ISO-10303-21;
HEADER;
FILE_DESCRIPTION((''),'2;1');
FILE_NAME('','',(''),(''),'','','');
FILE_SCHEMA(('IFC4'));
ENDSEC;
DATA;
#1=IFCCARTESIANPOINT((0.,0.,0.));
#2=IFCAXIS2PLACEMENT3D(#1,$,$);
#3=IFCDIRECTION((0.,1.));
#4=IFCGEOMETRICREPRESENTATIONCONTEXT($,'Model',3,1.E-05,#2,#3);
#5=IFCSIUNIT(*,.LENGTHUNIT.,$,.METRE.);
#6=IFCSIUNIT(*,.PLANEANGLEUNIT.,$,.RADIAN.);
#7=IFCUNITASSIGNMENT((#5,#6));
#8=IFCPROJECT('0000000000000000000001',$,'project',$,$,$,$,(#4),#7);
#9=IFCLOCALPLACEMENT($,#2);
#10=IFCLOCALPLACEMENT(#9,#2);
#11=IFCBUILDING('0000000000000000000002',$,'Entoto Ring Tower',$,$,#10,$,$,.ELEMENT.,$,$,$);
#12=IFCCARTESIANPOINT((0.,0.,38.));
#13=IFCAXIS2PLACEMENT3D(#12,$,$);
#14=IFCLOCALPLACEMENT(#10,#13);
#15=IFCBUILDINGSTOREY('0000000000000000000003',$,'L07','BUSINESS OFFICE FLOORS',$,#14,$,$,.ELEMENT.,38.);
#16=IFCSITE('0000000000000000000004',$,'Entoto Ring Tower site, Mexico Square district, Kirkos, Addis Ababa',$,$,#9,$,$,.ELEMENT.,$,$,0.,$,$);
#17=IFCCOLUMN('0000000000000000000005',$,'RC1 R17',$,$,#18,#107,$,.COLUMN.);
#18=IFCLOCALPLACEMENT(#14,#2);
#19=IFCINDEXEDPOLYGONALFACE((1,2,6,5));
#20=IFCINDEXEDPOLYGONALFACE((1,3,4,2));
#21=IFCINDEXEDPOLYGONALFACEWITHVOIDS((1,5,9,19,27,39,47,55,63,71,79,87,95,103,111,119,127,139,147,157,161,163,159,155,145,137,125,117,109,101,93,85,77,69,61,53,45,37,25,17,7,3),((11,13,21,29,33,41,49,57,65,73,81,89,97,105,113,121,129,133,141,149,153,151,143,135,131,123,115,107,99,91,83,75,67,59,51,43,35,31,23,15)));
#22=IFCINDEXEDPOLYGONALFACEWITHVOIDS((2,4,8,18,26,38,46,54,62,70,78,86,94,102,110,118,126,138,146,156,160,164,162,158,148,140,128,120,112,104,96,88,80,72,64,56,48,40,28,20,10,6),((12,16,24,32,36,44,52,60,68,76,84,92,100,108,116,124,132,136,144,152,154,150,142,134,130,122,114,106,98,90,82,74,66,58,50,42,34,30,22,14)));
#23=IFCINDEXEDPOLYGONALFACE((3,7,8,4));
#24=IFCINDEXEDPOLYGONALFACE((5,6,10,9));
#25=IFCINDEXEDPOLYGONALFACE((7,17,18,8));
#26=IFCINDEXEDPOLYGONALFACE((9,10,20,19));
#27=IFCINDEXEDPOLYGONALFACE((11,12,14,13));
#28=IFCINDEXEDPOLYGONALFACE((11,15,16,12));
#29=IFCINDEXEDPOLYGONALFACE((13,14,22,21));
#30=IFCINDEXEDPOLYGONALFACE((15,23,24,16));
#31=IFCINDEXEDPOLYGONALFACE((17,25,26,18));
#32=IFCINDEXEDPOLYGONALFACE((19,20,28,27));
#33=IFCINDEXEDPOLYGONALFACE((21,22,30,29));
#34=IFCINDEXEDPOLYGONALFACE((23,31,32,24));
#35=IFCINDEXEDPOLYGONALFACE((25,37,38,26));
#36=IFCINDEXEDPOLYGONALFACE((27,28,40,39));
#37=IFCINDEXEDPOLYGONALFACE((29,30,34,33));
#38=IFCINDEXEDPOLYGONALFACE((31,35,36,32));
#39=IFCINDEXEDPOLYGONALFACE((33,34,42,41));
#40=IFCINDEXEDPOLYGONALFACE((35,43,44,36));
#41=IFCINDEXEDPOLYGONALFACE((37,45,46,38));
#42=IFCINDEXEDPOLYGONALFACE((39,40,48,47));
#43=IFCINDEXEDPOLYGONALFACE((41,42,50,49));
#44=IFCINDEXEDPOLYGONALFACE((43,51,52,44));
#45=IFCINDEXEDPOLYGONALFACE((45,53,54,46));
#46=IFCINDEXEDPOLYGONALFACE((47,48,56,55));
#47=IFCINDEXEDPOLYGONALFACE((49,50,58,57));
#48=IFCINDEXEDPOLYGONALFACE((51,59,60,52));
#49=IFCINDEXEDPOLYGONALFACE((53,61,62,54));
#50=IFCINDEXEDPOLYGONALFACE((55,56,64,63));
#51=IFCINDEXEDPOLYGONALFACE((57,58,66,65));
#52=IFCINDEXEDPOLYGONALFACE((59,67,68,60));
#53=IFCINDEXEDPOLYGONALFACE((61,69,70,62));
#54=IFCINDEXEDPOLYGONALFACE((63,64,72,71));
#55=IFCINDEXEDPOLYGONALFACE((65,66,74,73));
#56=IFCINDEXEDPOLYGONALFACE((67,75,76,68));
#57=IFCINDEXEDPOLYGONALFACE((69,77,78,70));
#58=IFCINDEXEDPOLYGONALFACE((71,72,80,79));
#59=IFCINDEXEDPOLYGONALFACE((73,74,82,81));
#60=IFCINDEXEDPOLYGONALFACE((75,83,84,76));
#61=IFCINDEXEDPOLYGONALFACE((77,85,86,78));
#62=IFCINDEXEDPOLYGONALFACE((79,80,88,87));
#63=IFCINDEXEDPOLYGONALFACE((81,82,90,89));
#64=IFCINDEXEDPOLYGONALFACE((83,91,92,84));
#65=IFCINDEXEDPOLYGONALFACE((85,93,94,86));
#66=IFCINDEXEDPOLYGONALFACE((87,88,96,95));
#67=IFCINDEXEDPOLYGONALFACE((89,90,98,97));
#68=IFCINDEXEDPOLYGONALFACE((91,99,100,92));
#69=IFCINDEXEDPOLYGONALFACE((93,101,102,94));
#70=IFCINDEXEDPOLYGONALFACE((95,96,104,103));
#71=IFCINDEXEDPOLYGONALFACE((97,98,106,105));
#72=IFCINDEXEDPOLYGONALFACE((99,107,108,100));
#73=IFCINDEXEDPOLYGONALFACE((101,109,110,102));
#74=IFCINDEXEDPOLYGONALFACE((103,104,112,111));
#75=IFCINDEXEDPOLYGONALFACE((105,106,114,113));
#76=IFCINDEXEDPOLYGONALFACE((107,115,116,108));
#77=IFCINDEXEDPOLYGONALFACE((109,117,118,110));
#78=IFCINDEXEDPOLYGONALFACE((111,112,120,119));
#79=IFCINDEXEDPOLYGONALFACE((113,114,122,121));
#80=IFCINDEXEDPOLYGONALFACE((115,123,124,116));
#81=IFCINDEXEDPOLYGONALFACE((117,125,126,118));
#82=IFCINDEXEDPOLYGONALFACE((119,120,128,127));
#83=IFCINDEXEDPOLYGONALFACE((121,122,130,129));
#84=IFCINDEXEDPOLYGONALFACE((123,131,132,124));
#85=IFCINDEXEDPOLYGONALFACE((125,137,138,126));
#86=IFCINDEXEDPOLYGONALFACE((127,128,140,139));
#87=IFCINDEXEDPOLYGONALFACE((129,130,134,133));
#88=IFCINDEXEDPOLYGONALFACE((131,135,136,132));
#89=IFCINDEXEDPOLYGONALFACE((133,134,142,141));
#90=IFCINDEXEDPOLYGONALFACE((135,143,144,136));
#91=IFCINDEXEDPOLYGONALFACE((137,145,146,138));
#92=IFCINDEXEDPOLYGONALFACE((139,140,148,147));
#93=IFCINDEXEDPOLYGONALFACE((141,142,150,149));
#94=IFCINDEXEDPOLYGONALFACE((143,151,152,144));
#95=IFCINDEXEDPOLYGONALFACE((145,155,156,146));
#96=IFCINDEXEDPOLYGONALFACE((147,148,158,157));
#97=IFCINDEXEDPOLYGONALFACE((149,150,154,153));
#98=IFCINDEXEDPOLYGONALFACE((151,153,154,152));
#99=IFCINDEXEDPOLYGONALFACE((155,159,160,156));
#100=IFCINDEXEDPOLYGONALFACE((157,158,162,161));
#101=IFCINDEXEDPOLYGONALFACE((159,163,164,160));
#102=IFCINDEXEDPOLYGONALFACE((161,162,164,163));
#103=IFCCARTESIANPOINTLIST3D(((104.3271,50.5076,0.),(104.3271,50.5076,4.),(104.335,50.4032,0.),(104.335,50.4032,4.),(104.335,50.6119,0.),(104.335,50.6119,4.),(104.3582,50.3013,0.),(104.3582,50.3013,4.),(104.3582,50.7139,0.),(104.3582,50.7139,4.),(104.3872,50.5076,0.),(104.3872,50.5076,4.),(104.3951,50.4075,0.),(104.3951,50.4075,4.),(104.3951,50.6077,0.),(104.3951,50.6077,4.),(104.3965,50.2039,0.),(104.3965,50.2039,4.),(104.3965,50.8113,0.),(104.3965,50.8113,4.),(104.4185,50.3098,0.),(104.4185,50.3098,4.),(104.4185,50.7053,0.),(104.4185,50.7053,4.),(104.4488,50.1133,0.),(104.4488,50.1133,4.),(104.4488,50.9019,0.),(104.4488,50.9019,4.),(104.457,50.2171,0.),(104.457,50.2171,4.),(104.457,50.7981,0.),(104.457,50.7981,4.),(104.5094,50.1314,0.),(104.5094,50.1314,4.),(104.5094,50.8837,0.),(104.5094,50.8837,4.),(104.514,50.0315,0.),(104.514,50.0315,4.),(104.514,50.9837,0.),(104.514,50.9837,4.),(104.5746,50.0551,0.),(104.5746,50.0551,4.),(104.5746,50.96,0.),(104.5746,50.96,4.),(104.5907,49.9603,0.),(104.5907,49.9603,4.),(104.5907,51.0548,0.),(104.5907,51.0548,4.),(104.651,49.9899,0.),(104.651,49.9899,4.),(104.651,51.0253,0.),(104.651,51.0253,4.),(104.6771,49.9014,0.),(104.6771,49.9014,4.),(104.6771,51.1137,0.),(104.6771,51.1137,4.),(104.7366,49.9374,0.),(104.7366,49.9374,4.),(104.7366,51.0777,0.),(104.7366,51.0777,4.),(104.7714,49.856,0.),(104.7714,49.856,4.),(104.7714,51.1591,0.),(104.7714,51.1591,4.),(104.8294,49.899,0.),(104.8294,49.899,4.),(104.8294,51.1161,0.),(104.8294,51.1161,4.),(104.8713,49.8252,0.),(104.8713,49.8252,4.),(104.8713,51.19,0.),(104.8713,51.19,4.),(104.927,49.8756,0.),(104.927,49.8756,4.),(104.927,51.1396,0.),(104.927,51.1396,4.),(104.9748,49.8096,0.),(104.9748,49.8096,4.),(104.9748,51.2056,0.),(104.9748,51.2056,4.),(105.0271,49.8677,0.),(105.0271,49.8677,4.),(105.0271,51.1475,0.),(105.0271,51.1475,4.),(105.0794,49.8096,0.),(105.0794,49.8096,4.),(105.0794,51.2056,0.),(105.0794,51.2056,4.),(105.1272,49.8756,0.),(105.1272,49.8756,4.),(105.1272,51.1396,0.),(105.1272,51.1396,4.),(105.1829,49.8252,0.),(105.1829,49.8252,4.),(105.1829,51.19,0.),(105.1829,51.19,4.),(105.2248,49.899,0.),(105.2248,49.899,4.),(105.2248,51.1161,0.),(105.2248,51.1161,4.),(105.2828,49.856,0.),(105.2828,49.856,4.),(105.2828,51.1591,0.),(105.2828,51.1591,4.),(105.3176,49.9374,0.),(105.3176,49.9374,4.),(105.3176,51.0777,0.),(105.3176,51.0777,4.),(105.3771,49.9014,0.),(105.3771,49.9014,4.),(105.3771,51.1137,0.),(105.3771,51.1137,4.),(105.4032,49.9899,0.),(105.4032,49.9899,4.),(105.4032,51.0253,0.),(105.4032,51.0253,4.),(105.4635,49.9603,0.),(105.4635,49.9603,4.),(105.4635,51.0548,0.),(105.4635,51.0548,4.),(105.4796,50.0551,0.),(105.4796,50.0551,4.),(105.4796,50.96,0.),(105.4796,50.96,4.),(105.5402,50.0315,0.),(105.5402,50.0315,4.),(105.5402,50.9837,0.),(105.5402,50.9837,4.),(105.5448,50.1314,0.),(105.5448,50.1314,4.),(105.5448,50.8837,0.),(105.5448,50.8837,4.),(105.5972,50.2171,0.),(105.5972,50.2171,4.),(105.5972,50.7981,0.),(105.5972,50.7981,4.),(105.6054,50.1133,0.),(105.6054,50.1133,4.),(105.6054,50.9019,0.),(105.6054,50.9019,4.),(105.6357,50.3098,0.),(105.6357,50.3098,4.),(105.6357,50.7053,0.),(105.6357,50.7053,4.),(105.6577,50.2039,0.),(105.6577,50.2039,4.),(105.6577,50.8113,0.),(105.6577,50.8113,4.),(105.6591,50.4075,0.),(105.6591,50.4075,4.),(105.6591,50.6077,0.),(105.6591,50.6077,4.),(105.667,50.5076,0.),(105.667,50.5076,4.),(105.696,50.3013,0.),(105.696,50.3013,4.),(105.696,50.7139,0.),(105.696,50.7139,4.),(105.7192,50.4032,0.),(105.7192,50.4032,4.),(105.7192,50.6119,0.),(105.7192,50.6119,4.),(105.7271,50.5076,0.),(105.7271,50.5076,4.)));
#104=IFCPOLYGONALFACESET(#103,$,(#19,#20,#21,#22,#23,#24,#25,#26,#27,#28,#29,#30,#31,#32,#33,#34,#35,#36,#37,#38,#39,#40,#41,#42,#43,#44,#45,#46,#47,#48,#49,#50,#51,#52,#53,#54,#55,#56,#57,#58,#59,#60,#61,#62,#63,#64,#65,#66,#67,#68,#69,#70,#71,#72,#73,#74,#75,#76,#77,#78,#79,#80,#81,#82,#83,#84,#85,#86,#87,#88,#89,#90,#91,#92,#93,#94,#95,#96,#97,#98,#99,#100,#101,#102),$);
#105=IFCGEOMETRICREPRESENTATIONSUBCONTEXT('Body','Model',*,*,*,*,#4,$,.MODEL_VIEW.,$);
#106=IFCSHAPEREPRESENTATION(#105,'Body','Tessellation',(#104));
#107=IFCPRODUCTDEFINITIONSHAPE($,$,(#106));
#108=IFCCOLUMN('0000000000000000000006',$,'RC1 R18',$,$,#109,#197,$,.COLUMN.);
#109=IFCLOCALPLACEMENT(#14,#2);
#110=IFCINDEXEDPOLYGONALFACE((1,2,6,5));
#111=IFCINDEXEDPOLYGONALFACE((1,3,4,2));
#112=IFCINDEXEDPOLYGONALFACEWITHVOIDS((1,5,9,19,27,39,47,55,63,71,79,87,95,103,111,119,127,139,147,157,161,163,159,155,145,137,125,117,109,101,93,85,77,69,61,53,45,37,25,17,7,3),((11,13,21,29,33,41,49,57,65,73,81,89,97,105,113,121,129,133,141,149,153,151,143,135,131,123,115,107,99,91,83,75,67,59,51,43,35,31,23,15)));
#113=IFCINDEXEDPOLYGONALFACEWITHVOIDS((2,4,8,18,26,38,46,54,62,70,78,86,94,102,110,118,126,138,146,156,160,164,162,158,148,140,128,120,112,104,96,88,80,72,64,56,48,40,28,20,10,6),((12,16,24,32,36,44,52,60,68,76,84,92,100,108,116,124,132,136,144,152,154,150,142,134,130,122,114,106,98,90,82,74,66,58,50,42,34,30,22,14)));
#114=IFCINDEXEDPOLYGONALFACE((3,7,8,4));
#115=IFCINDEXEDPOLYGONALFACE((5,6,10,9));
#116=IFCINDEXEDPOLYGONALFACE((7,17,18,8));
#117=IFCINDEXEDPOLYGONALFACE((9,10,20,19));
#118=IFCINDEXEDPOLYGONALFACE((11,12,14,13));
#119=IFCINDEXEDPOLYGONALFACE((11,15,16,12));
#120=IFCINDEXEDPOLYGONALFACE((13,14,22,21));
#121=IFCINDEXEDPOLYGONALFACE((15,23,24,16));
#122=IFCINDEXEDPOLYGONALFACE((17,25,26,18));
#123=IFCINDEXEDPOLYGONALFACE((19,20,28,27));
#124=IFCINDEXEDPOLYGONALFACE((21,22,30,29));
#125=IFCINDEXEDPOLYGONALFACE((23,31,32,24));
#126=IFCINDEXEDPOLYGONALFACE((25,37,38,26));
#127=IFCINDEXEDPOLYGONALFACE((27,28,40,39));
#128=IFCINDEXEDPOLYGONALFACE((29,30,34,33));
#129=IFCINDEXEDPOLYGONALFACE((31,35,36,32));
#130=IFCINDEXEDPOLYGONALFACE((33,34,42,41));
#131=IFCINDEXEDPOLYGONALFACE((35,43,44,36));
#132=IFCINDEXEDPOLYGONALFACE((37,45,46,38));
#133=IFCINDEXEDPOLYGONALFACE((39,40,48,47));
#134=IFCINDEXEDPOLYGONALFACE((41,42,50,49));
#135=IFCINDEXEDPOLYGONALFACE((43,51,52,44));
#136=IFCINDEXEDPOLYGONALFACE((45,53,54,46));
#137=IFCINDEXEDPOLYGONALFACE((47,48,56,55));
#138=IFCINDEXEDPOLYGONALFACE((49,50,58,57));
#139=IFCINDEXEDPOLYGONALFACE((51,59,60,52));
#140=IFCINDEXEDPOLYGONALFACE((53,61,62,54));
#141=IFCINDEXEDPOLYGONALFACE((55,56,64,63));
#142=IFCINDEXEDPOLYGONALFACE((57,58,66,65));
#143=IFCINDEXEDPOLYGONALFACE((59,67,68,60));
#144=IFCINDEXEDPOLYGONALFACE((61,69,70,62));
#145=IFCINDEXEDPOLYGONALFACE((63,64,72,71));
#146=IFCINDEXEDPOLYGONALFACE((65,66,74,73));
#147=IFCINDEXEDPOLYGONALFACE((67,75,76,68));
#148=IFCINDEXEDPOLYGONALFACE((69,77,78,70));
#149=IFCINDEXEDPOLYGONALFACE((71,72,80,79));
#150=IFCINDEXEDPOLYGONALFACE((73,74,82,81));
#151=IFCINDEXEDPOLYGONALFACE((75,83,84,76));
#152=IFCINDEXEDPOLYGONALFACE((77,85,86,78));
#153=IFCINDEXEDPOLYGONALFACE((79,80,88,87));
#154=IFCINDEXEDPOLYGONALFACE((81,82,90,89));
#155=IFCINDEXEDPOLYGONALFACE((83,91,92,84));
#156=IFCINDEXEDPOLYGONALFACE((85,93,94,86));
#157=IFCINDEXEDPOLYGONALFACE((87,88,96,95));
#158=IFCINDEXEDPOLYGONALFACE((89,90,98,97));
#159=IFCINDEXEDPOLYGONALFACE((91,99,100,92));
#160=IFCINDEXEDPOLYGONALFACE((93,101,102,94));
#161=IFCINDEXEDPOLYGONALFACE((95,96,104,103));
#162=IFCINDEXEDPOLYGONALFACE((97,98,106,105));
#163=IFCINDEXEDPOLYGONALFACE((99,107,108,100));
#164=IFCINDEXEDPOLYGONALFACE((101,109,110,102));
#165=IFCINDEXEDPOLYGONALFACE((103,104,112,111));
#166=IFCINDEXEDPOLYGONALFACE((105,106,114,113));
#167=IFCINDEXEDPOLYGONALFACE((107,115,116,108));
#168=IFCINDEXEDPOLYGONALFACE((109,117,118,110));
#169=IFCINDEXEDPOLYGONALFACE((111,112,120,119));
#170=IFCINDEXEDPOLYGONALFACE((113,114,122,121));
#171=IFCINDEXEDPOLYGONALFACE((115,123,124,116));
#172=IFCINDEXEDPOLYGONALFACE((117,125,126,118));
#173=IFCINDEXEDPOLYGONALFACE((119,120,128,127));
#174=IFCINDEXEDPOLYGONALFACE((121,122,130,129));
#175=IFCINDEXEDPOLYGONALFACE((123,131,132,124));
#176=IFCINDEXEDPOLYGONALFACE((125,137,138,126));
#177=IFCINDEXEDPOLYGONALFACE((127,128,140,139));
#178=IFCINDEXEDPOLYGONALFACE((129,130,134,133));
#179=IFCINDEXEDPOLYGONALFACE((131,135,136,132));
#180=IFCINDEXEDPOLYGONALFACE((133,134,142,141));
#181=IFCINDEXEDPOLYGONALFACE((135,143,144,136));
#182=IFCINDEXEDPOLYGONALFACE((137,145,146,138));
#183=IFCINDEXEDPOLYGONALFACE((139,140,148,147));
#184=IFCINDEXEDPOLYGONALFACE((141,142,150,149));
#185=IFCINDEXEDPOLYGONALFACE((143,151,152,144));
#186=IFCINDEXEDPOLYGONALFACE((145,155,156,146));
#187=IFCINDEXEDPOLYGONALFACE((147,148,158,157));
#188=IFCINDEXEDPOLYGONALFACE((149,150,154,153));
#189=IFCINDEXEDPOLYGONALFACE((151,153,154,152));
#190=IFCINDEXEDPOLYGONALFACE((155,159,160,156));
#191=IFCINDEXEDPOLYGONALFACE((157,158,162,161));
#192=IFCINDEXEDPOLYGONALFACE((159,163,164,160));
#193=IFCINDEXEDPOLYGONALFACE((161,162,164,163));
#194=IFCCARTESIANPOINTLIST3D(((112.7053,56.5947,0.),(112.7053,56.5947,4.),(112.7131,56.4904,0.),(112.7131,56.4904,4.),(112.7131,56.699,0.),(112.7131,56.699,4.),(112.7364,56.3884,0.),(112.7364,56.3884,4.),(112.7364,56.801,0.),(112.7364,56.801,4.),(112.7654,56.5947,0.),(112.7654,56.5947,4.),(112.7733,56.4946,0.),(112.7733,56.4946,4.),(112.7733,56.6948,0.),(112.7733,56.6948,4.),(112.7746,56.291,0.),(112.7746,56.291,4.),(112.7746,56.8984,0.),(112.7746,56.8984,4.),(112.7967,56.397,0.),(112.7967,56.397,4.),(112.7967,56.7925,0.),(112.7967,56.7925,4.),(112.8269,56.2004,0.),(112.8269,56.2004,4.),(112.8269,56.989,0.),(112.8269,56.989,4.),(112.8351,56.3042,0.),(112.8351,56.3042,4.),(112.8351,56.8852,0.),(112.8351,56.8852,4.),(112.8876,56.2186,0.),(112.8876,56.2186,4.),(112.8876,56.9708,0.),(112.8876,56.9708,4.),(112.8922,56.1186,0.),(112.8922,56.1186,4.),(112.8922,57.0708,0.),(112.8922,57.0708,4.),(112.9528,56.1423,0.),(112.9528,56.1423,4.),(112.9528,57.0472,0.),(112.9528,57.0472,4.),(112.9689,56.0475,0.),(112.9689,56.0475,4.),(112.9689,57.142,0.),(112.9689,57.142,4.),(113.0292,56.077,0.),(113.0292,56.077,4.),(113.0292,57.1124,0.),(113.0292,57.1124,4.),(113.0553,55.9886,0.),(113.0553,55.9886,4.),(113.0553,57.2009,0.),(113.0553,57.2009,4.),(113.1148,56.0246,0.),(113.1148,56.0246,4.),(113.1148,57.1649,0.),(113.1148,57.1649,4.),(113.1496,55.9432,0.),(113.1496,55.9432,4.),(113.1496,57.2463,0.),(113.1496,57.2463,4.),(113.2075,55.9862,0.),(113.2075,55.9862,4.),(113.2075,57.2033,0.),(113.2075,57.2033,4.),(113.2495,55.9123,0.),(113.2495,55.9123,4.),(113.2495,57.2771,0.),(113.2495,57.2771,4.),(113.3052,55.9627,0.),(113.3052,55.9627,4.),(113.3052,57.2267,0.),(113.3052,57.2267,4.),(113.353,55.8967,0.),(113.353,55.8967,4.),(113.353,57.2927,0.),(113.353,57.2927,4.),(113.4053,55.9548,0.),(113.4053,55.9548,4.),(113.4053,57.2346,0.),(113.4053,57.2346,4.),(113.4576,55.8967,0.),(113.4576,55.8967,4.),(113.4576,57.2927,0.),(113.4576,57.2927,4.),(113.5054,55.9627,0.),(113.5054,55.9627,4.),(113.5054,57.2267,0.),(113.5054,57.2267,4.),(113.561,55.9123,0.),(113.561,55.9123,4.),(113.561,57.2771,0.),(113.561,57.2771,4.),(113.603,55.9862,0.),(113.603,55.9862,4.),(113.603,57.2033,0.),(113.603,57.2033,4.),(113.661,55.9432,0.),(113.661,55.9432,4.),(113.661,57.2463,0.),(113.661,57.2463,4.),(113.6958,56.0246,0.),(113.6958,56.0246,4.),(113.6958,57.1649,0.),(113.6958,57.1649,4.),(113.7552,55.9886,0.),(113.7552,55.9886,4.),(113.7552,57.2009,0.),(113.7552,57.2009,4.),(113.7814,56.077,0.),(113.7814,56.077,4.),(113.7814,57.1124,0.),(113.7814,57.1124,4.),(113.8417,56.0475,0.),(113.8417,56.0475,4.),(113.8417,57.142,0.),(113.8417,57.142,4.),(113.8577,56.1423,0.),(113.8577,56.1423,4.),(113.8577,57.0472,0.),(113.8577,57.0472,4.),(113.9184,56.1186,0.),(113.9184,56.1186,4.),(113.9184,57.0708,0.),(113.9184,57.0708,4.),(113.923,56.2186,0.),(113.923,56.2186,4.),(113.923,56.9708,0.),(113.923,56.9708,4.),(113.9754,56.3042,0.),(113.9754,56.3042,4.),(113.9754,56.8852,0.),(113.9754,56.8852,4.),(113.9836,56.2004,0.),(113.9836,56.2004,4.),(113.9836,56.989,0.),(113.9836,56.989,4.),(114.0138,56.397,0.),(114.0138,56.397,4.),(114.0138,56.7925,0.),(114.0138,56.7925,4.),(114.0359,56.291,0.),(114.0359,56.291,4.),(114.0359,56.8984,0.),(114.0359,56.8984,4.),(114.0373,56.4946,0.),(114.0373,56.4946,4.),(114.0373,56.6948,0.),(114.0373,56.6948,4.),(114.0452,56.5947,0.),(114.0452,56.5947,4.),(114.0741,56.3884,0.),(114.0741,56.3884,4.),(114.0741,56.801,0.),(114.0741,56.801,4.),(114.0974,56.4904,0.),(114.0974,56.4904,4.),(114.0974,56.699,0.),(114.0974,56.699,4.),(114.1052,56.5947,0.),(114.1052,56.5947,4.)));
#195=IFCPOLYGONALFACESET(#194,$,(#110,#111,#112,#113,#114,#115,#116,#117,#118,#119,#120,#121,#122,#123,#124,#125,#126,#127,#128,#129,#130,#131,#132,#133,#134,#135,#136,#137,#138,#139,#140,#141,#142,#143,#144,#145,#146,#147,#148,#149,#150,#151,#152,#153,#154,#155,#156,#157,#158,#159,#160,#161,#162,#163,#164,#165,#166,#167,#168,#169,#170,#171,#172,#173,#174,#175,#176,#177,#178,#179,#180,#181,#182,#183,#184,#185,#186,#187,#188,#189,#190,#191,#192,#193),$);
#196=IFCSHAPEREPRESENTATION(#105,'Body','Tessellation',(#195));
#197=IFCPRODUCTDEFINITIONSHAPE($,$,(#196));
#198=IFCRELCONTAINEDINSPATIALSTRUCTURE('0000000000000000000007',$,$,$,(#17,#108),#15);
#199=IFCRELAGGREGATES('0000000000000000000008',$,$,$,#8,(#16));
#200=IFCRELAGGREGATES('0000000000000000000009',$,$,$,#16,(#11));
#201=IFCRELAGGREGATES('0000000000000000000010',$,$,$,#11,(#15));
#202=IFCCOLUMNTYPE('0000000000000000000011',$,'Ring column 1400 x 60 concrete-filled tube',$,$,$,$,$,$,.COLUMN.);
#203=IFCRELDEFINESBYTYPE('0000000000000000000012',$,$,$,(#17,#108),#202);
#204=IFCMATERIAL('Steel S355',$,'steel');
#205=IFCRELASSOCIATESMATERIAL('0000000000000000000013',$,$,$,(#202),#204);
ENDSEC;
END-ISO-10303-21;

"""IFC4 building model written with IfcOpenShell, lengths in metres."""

from ifc_helpers import new_model, si_unit, direction, frame, origin, origin_2d, place, context, subcontext, project, spatial, circle, hollow_circle, extrude, material, material_profile, profile_set, type_object, element, save


model = new_model("IFC4")

# Units and contexts
model_context = context("Model", 3, precision=1e-05, world=origin(), true_north=direction((0.0, 1.0)))
body_context = subcontext(model_context, "Body", "Model", "MODEL_VIEW")
ifc_project = project(units=[si_unit("LENGTHUNIT", "METRE"), si_unit("PLANEANGLEUNIT", "RADIAN")], contexts=[model_context])

# Site, building, storey
site_placement = place(None, origin())
site = spatial("IfcSite", under=ifc_project, at=site_placement, Name="Entoto Ring Tower site, Mexico Square district, Kirkos, Addis Ababa", CompositionType="ELEMENT", RefElevation=0.0)
building_placement = place(site_placement, origin())
building = spatial("IfcBuilding", under=site, at=building_placement, Name="Entoto Ring Tower", CompositionType="ELEMENT")
storey_placement = place(building_placement, frame((0.0, 0.0, 38.0)))
storey = spatial("IfcBuildingStorey", under=building, at=storey_placement, Name="L07", Description="BUSINESS OFFICE FLOORS", CompositionType="ELEMENT", Elevation=38.0)

# Columns
ifc_material_1 = material(Name="Steel S355", Category="steel")
ifc_material_profile_1 = material_profile(ifc_material_1, hollow_circle(Radius=0.7, WallThickness=0.0601, at=origin_2d()), Name="CHS 1400 x 60")
ifc_material_2 = material(Name="Concrete C60/75", Category="concrete")
ifc_material_profile_2 = material_profile(ifc_material_2, circle(Radius=0.6399, at=origin_2d()), Name="Concrete C60/75 infill")
ifc_profile_set_1 = profile_set([ifc_material_profile_1, ifc_material_profile_2], Name="Steel S355")
column_type = type_object("IfcColumnType", Name="Ring column 1400 x 60 concrete-filled tube", PredefinedType="COLUMN", material=ifc_profile_set_1)
for number, where, z_axis, x_axis, name in (
    (1, (105.0271, 50.5076, 0.0), (0.0, 0.0, 1.0), (1.0, 0.0, 0.0), "RC1 R17"),
    (2, (113.4053, 56.5947, 0.0), (0.0, 0.0, 1.0), (1.0, 0.0, 0.0), "RC1 R18"),
):
    element("IfcColumn", number, at=place(storey_placement, frame(where, z_axis=z_axis, x_axis=x_axis)), inside=storey, type_object=column_type, Name=name, PredefinedType="COLUMN", context=body_context, shape_type="SweptSolid", body=[
        extrude(hollow_circle(Radius=0.7, WallThickness=0.0601, at=origin_2d()), origin(), (0.0, 0.0, 1.0), 4.0),
    ])

save(model, "model.ifc")
